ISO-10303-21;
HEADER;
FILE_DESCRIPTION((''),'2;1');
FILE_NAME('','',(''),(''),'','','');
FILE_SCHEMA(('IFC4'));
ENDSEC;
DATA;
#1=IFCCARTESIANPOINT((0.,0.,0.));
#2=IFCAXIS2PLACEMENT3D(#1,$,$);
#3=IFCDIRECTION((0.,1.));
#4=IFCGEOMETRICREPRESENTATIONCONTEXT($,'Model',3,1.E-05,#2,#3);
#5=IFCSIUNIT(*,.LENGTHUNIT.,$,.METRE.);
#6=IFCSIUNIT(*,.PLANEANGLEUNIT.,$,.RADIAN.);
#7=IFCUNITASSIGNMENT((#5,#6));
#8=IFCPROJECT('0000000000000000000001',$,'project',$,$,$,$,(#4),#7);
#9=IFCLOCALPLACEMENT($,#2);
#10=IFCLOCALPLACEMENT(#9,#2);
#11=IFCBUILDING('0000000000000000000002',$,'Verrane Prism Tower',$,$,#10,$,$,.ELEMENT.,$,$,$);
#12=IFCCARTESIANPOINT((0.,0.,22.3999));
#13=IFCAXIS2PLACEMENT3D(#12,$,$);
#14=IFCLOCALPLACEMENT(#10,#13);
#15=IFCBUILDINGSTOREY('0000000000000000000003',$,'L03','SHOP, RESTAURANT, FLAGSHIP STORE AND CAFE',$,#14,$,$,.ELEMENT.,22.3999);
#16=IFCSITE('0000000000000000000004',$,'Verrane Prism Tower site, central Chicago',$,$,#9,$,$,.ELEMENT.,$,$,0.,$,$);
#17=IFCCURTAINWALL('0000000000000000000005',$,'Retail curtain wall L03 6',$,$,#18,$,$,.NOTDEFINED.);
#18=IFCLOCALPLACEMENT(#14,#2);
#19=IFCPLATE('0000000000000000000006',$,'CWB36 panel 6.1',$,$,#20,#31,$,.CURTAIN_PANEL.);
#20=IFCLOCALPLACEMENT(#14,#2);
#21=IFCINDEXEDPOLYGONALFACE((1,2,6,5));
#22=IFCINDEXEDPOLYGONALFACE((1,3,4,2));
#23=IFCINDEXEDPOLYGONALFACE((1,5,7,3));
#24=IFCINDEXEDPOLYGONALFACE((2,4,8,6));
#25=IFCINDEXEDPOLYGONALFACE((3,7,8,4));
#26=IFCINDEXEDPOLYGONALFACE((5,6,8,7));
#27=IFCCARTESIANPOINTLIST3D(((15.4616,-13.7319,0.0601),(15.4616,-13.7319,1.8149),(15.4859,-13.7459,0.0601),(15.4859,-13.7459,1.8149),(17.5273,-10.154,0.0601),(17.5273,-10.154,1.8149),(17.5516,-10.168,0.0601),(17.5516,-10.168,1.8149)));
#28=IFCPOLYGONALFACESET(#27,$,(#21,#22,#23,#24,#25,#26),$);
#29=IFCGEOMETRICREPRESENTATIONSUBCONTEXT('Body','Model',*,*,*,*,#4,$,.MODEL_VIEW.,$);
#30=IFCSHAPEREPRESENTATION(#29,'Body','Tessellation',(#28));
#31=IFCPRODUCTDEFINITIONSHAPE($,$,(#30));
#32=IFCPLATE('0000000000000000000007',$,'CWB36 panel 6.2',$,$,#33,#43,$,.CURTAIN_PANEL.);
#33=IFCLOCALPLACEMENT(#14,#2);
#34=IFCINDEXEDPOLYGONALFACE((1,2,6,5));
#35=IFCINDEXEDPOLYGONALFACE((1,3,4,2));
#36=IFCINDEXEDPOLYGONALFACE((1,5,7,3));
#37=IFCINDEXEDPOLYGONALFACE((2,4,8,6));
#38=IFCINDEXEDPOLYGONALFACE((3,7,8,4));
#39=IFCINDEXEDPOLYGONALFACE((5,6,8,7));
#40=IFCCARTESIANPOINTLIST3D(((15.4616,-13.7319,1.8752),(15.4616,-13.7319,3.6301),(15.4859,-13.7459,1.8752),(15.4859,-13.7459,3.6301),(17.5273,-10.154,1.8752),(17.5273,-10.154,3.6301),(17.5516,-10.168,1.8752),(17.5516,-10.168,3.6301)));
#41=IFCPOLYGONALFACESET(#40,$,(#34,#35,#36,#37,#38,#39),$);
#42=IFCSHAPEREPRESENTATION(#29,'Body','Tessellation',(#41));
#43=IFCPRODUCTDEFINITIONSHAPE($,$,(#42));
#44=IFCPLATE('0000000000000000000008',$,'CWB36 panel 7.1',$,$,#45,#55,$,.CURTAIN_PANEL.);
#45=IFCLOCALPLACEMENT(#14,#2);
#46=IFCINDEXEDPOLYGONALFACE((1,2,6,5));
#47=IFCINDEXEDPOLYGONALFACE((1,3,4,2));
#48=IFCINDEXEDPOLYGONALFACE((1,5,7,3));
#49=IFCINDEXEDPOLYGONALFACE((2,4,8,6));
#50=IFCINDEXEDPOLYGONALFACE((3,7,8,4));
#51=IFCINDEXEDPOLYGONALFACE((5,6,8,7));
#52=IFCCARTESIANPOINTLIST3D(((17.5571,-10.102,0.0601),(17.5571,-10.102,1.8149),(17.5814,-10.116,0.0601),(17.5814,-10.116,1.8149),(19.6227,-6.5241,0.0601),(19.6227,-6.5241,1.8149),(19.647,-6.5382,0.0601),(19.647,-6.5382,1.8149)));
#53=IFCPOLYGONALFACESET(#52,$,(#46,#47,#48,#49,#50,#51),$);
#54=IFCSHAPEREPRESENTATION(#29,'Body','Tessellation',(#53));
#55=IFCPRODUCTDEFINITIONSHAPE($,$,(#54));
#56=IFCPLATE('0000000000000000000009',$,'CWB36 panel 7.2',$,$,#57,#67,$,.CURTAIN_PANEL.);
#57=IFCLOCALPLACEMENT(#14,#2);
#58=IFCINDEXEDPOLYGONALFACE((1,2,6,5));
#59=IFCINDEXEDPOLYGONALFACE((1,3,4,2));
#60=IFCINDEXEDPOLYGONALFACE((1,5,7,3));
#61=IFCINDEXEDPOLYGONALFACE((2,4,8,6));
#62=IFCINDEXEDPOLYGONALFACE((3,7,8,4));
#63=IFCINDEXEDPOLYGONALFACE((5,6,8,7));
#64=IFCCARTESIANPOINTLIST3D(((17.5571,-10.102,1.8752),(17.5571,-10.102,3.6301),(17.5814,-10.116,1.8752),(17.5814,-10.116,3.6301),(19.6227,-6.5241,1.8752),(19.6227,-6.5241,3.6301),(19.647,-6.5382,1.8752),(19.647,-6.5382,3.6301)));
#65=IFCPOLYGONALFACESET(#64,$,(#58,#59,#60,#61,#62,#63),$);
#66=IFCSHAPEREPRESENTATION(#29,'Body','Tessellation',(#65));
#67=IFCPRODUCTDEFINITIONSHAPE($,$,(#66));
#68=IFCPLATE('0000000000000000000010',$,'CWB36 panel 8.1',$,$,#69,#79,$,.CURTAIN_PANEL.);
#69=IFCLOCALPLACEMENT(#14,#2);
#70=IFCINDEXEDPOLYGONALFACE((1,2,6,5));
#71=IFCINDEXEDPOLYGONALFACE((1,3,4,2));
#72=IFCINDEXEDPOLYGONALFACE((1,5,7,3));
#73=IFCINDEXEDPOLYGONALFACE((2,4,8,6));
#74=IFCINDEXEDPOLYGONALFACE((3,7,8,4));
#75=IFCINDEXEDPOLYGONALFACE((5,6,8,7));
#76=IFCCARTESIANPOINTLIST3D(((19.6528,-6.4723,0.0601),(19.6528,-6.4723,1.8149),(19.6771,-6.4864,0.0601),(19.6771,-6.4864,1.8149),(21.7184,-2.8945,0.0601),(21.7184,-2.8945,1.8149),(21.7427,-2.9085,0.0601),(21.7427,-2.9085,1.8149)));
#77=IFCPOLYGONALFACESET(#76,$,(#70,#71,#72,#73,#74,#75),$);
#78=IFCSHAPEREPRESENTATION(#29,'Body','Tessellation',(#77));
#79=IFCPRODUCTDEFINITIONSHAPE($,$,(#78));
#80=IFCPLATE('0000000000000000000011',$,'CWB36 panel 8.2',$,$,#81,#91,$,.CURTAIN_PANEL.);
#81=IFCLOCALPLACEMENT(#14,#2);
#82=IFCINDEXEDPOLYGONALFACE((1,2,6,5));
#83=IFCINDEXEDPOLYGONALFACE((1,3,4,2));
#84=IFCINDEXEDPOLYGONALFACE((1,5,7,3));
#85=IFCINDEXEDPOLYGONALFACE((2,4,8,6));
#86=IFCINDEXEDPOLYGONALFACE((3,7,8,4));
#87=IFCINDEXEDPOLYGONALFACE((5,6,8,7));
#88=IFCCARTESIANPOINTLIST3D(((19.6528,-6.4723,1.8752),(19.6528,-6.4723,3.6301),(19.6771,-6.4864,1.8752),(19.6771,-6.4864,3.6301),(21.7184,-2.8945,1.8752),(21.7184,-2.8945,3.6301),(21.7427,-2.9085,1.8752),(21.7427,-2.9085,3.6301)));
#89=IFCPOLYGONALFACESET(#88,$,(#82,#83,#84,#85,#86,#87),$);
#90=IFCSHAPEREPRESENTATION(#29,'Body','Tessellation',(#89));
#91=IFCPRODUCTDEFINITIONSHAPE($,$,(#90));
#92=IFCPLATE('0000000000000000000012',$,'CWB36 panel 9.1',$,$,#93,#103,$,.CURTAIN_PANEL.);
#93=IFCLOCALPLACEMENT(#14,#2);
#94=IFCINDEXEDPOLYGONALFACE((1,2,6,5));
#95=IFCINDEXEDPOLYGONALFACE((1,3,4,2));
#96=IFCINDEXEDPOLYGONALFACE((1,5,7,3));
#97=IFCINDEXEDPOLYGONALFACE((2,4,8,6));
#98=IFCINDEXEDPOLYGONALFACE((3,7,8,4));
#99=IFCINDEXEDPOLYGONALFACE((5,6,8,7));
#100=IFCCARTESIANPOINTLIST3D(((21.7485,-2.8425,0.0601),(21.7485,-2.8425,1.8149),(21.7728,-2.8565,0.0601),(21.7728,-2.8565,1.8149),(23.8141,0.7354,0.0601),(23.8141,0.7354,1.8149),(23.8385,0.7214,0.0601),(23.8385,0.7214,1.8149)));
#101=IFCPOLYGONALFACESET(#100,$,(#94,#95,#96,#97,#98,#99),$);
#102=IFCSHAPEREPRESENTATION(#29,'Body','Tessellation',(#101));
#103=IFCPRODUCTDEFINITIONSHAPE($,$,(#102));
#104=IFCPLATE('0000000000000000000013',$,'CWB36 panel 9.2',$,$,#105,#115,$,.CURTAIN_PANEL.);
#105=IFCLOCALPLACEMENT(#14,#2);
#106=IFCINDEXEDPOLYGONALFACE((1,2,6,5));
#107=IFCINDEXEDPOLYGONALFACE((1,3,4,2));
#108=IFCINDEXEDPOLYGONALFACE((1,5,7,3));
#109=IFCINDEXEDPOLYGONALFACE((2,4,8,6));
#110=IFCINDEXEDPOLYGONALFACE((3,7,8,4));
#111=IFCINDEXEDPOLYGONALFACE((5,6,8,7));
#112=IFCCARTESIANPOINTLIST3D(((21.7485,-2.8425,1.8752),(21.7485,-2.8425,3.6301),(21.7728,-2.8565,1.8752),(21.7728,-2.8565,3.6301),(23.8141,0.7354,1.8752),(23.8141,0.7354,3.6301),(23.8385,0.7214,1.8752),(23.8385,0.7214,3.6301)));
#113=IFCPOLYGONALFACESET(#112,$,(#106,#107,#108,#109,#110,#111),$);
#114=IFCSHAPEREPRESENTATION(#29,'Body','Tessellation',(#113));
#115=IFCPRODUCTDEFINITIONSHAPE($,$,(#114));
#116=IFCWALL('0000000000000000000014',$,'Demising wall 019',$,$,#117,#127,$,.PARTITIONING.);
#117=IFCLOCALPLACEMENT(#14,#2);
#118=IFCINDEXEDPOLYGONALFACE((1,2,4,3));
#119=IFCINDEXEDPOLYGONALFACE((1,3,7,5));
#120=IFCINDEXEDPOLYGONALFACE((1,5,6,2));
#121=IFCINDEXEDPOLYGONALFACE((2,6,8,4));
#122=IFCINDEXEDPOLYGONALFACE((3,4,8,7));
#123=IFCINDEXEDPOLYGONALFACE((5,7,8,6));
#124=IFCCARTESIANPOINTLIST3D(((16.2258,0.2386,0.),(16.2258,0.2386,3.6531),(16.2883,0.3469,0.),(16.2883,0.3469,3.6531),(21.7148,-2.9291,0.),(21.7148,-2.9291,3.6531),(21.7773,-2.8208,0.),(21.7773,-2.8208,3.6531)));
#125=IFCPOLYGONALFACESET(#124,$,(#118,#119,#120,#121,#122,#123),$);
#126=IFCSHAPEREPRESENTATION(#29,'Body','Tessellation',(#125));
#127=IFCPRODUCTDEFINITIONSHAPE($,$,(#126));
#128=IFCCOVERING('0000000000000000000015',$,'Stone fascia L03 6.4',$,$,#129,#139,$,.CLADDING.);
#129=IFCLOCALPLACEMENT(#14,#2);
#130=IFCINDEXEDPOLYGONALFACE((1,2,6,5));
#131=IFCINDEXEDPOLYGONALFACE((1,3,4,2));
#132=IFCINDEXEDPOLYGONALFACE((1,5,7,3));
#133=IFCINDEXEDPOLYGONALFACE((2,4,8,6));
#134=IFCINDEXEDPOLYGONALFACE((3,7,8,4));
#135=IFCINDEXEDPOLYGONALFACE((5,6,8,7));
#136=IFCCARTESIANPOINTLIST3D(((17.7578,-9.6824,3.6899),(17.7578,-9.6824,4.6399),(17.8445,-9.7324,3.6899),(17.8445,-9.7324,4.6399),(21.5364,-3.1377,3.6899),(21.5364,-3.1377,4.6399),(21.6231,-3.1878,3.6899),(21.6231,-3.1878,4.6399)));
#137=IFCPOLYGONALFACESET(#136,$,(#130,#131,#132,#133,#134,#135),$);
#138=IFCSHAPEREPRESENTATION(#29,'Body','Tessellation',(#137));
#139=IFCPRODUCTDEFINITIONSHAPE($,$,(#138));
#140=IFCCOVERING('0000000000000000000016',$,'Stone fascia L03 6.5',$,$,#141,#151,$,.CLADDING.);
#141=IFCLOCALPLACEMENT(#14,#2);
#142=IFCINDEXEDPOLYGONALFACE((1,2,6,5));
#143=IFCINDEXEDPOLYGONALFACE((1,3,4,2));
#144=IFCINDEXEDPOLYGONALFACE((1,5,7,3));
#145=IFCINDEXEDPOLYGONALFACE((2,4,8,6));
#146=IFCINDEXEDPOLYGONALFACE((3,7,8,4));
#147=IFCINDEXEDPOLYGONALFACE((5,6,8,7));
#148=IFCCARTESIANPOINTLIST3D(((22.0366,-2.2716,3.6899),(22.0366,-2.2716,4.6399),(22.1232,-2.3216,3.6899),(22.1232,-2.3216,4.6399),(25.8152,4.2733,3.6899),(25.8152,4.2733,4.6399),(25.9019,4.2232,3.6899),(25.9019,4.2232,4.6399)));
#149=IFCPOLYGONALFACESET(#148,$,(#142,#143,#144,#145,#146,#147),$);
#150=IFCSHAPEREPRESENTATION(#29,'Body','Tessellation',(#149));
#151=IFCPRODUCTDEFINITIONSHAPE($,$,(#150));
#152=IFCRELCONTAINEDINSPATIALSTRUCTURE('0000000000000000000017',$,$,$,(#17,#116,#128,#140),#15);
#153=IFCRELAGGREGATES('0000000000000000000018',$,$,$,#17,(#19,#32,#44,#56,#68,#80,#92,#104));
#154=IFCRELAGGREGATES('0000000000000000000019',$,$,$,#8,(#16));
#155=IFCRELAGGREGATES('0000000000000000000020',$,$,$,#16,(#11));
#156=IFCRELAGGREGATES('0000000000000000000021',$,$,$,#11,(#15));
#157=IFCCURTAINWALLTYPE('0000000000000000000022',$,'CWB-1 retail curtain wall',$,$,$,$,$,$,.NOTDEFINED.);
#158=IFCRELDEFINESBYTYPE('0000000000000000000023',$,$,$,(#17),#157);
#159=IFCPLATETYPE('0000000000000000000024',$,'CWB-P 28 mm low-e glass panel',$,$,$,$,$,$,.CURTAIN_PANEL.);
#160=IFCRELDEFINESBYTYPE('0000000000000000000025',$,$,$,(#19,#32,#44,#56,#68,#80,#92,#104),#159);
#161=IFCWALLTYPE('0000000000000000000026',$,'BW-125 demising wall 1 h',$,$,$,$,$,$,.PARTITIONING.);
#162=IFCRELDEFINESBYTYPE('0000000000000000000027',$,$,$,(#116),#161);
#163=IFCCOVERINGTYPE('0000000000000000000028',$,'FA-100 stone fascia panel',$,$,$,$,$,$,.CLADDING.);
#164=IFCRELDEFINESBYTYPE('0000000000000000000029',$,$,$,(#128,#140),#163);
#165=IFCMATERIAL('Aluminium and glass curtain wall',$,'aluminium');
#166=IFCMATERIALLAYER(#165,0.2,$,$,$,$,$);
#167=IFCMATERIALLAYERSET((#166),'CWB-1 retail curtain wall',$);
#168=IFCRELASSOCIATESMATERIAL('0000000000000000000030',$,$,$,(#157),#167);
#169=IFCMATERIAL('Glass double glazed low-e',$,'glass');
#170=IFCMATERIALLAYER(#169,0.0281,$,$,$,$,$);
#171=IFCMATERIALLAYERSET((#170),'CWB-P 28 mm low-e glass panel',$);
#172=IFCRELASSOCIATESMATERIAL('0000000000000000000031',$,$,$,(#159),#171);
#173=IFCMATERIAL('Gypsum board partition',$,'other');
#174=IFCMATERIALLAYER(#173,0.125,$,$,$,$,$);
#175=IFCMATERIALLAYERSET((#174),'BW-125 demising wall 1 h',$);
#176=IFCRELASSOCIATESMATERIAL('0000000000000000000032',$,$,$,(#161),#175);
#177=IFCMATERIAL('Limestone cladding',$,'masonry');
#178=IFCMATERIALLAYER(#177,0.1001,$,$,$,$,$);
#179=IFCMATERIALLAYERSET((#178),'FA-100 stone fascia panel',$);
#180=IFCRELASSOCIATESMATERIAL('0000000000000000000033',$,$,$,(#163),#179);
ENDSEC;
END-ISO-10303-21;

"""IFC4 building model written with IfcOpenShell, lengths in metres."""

from ifc_helpers import new_model, si_unit, direction, frame, frame_2d, origin, origin_2d, place, context, subcontext, project, spatial, rectangle, extrude, material, layer, layer_set, type_object, element, aggregate, save


model = new_model("IFC4")

# Units and contexts
model_context = context("Model", 3, precision=1e-05, world=origin(), true_north=direction((0.0, 1.0)))
body_context = subcontext(model_context, "Body", "Model", "MODEL_VIEW")
ifc_project = project(units=[si_unit("LENGTHUNIT", "METRE"), si_unit("PLANEANGLEUNIT", "RADIAN")], contexts=[model_context])

# Site, building, storey
site_placement = place(None, origin())
site = spatial("IfcSite", under=ifc_project, at=site_placement, Name="Verrane Prism Tower site, central Chicago", CompositionType="ELEMENT", RefElevation=0.0)
building_placement = place(site_placement, origin())
building = spatial("IfcBuilding", under=site, at=building_placement, Name="Verrane Prism Tower", CompositionType="ELEMENT")
storey_placement = place(building_placement, frame((0.0, 0.0, 22.3999)))
storey = spatial("IfcBuildingStorey", under=building, at=storey_placement, Name="L03", Description="SHOP, RESTAURANT, FLAGSHIP STORE AND CAFE", CompositionType="ELEMENT", Elevation=22.3999)

# Curtain wall
ifc_material_1 = material(Name="Aluminium and glass curtain wall", Category="aluminium")
ifc_layer_1 = layer(ifc_material_1, 0.2)
ifc_layer_set_1 = layer_set([ifc_layer_1], Name="CWB-1 retail curtain wall")
curtain_wall_type = type_object("IfcCurtainWallType", Name="CWB-1 retail curtain wall", PredefinedType="NOTDEFINED", material=ifc_layer_set_1)
curtain_wall_placement = place(storey_placement, origin())
curtain_wall = element("IfcCurtainWall", 1, at=curtain_wall_placement, inside=storey, type_object=curtain_wall_type, Name="Retail curtain wall L03 6", PredefinedType="NOTDEFINED")

# Plates
ifc_material_2 = material(Name="Glass double glazed low-e", Category="glass")
ifc_layer_2 = layer(ifc_material_2, 0.0281)
ifc_layer_set_2 = layer_set([ifc_layer_2], Name="CWB-P 28 mm low-e glass panel")
plate_type = type_object("IfcPlateType", Name="CWB-P 28 mm low-e glass panel", PredefinedType="CURTAIN_PANEL", material=ifc_layer_set_2)
plate_1_placement = place(storey_placement, frame((16.5066, -11.95, 0.0601), z_axis=(0.0, 0.0, 1.0), x_axis=(0.5, 0.866025, 0.0)))
plate_1 = element("IfcPlate", 2, at=plate_1_placement, type_object=plate_type, Name="CWB36 panel 6.1", PredefinedType="CURTAIN_PANEL", context=body_context, shape_type="SweptSolid", body=[
    extrude(rectangle(XDim=4.1313, YDim=0.0281, at=origin_2d()), origin(), (0.0, 0.0, 1.0), 1.7549),
])
plate_2_placement = place(storey_placement, frame((16.5066, -11.95, 1.8752), z_axis=(0.0, 0.0, 1.0), x_axis=(0.5, 0.866025, 0.0)))
plate_2 = element("IfcPlate", 3, at=plate_2_placement, type_object=plate_type, Name="CWB36 panel 6.2", PredefinedType="CURTAIN_PANEL", context=body_context, shape_type="SweptSolid", body=[
    extrude(rectangle(XDim=4.1313, YDim=0.0281, at=origin_2d()), origin(), (0.0, 0.0, 1.0), 1.7549),
])
plate_3_placement = place(storey_placement, frame((18.6021, -8.3201, 0.0601), z_axis=(0.0, 0.0, 1.0), x_axis=(0.5, 0.866025, 0.0)))
plate_3 = element("IfcPlate", 4, at=plate_3_placement, type_object=plate_type, Name="CWB36 panel 7.1", PredefinedType="CURTAIN_PANEL", context=body_context, shape_type="SweptSolid", body=[
    extrude(rectangle(XDim=4.1313, YDim=0.0281, at=origin_2d()), origin(), (0.0, 0.0, 1.0), 1.7549),
])
plate_4_placement = place(storey_placement, frame((18.6021, -8.3201, 1.8752), z_axis=(0.0, 0.0, 1.0), x_axis=(0.5, 0.866025, 0.0)))
plate_4 = element("IfcPlate", 5, at=plate_4_placement, type_object=plate_type, Name="CWB36 panel 7.2", PredefinedType="CURTAIN_PANEL", context=body_context, shape_type="SweptSolid", body=[
    extrude(rectangle(XDim=4.1313, YDim=0.0281, at=origin_2d()), origin(), (0.0, 0.0, 1.0), 1.7549),
])
plate_5_placement = place(storey_placement, frame((20.6978, -4.6904, 0.0601), z_axis=(0.0, 0.0, 1.0), x_axis=(0.5, 0.866025, 0.0)))
plate_5 = element("IfcPlate", 6, at=plate_5_placement, type_object=plate_type, Name="CWB36 panel 8.1", PredefinedType="CURTAIN_PANEL", context=body_context, shape_type="SweptSolid", body=[
    extrude(rectangle(XDim=4.1313, YDim=0.0281, at=origin_2d()), origin(), (0.0, 0.0, 1.0), 1.7549),
])
plate_6_placement = place(storey_placement, frame((20.6978, -4.6904, 1.8752), z_axis=(0.0, 0.0, 1.0), x_axis=(0.5, 0.866025, 0.0)))
plate_6 = element("IfcPlate", 7, at=plate_6_placement, type_object=plate_type, Name="CWB36 panel 8.2", PredefinedType="CURTAIN_PANEL", context=body_context, shape_type="SweptSolid", body=[
    extrude(rectangle(XDim=4.1313, YDim=0.0281, at=origin_2d()), origin(), (0.0, 0.0, 1.0), 1.7549),
])
plate_7_placement = place(storey_placement, frame((22.7935, -1.0605, 0.0601), z_axis=(0.0, 0.0, 1.0), x_axis=(0.5, 0.866025, 0.0)))
plate_7 = element("IfcPlate", 8, at=plate_7_placement, type_object=plate_type, Name="CWB36 panel 9.1", PredefinedType="CURTAIN_PANEL", context=body_context, shape_type="SweptSolid", body=[
    extrude(rectangle(XDim=4.1313, YDim=0.0281, at=origin_2d()), origin(), (0.0, 0.0, 1.0), 1.7549),
])
plate_8_placement = place(storey_placement, frame((22.7935, -1.0605, 1.8752), z_axis=(0.0, 0.0, 1.0), x_axis=(0.5, 0.866025, 0.0)))
plate_8 = element("IfcPlate", 9, at=plate_8_placement, type_object=plate_type, Name="CWB36 panel 9.2", PredefinedType="CURTAIN_PANEL", context=body_context, shape_type="SweptSolid", body=[
    extrude(rectangle(XDim=4.1313, YDim=0.0281, at=origin_2d()), origin(), (0.0, 0.0, 1.0), 1.7549),
])
aggregate(curtain_wall, [plate_1, plate_2, plate_3, plate_4, plate_5, plate_6, plate_7, plate_8])

# Wall
ifc_material_3 = material(Name="Gypsum board partition", Category="other")
ifc_layer_3 = layer(ifc_material_3, 0.125)
ifc_layer_set_3 = layer_set([ifc_layer_3], Name="BW-125 demising wall 1 h")
wall_type = type_object("IfcWallType", Name="BW-125 demising wall 1 h", PredefinedType="PARTITIONING", material=ifc_layer_set_3)
wall_placement = place(storey_placement, frame((16.2571, 0.2927, 0.0), z_axis=(0.0, 0.0, 1.0), x_axis=(0.866118, -0.499839, 0.0)))
element("IfcWall", 10, at=wall_placement, inside=storey, type_object=wall_type, Name="Demising wall 019", PredefinedType="PARTITIONING", context=body_context, shape_type="SweptSolid", body=[
    extrude(rectangle(XDim=6.3374, YDim=0.125, at=frame_2d((3.1687, 0.0))), origin(), (0.0, 0.0, 1.0), 3.6531),
])

# Coverings
ifc_material_4 = material(Name="Limestone cladding", Category="masonry")
ifc_layer_4 = layer(ifc_material_4, 0.1001)
ifc_layer_set_4 = layer_set([ifc_layer_4], Name="FA-100 stone fascia panel")
covering_type = type_object("IfcCoveringType", Name="FA-100 stone fascia panel", PredefinedType="CLADDING", material=ifc_layer_set_4)
covering_1_placement = place(storey_placement, frame((19.6904, -6.4351, 3.6899), z_axis=(0.0, 0.0, 1.0), x_axis=(0.5, 0.866025, 0.0)))
element("IfcCovering", 11, at=covering_1_placement, inside=storey, type_object=covering_type, Name="Stone fascia L03 6.4", PredefinedType="CLADDING", context=body_context, shape_type="SweptSolid", body=[
    extrude(rectangle(XDim=7.5571, YDim=0.1001, at=origin_2d()), origin(), (0.0, 0.0, 1.0), 0.95),
])
covering_2_placement = place(storey_placement, frame((23.9692, 0.9758, 3.6899), z_axis=(0.0, 0.0, 1.0), x_axis=(0.5, 0.866025, 0.0)))
element("IfcCovering", 12, at=covering_2_placement, inside=storey, type_object=covering_type, Name="Stone fascia L03 6.5", PredefinedType="CLADDING", context=body_context, shape_type="SweptSolid", body=[
    extrude(rectangle(XDim=7.5574, YDim=0.1001, at=origin_2d()), origin(), (0.0, 0.0, 1.0), 0.95),
])

save(model, "model.ifc")
